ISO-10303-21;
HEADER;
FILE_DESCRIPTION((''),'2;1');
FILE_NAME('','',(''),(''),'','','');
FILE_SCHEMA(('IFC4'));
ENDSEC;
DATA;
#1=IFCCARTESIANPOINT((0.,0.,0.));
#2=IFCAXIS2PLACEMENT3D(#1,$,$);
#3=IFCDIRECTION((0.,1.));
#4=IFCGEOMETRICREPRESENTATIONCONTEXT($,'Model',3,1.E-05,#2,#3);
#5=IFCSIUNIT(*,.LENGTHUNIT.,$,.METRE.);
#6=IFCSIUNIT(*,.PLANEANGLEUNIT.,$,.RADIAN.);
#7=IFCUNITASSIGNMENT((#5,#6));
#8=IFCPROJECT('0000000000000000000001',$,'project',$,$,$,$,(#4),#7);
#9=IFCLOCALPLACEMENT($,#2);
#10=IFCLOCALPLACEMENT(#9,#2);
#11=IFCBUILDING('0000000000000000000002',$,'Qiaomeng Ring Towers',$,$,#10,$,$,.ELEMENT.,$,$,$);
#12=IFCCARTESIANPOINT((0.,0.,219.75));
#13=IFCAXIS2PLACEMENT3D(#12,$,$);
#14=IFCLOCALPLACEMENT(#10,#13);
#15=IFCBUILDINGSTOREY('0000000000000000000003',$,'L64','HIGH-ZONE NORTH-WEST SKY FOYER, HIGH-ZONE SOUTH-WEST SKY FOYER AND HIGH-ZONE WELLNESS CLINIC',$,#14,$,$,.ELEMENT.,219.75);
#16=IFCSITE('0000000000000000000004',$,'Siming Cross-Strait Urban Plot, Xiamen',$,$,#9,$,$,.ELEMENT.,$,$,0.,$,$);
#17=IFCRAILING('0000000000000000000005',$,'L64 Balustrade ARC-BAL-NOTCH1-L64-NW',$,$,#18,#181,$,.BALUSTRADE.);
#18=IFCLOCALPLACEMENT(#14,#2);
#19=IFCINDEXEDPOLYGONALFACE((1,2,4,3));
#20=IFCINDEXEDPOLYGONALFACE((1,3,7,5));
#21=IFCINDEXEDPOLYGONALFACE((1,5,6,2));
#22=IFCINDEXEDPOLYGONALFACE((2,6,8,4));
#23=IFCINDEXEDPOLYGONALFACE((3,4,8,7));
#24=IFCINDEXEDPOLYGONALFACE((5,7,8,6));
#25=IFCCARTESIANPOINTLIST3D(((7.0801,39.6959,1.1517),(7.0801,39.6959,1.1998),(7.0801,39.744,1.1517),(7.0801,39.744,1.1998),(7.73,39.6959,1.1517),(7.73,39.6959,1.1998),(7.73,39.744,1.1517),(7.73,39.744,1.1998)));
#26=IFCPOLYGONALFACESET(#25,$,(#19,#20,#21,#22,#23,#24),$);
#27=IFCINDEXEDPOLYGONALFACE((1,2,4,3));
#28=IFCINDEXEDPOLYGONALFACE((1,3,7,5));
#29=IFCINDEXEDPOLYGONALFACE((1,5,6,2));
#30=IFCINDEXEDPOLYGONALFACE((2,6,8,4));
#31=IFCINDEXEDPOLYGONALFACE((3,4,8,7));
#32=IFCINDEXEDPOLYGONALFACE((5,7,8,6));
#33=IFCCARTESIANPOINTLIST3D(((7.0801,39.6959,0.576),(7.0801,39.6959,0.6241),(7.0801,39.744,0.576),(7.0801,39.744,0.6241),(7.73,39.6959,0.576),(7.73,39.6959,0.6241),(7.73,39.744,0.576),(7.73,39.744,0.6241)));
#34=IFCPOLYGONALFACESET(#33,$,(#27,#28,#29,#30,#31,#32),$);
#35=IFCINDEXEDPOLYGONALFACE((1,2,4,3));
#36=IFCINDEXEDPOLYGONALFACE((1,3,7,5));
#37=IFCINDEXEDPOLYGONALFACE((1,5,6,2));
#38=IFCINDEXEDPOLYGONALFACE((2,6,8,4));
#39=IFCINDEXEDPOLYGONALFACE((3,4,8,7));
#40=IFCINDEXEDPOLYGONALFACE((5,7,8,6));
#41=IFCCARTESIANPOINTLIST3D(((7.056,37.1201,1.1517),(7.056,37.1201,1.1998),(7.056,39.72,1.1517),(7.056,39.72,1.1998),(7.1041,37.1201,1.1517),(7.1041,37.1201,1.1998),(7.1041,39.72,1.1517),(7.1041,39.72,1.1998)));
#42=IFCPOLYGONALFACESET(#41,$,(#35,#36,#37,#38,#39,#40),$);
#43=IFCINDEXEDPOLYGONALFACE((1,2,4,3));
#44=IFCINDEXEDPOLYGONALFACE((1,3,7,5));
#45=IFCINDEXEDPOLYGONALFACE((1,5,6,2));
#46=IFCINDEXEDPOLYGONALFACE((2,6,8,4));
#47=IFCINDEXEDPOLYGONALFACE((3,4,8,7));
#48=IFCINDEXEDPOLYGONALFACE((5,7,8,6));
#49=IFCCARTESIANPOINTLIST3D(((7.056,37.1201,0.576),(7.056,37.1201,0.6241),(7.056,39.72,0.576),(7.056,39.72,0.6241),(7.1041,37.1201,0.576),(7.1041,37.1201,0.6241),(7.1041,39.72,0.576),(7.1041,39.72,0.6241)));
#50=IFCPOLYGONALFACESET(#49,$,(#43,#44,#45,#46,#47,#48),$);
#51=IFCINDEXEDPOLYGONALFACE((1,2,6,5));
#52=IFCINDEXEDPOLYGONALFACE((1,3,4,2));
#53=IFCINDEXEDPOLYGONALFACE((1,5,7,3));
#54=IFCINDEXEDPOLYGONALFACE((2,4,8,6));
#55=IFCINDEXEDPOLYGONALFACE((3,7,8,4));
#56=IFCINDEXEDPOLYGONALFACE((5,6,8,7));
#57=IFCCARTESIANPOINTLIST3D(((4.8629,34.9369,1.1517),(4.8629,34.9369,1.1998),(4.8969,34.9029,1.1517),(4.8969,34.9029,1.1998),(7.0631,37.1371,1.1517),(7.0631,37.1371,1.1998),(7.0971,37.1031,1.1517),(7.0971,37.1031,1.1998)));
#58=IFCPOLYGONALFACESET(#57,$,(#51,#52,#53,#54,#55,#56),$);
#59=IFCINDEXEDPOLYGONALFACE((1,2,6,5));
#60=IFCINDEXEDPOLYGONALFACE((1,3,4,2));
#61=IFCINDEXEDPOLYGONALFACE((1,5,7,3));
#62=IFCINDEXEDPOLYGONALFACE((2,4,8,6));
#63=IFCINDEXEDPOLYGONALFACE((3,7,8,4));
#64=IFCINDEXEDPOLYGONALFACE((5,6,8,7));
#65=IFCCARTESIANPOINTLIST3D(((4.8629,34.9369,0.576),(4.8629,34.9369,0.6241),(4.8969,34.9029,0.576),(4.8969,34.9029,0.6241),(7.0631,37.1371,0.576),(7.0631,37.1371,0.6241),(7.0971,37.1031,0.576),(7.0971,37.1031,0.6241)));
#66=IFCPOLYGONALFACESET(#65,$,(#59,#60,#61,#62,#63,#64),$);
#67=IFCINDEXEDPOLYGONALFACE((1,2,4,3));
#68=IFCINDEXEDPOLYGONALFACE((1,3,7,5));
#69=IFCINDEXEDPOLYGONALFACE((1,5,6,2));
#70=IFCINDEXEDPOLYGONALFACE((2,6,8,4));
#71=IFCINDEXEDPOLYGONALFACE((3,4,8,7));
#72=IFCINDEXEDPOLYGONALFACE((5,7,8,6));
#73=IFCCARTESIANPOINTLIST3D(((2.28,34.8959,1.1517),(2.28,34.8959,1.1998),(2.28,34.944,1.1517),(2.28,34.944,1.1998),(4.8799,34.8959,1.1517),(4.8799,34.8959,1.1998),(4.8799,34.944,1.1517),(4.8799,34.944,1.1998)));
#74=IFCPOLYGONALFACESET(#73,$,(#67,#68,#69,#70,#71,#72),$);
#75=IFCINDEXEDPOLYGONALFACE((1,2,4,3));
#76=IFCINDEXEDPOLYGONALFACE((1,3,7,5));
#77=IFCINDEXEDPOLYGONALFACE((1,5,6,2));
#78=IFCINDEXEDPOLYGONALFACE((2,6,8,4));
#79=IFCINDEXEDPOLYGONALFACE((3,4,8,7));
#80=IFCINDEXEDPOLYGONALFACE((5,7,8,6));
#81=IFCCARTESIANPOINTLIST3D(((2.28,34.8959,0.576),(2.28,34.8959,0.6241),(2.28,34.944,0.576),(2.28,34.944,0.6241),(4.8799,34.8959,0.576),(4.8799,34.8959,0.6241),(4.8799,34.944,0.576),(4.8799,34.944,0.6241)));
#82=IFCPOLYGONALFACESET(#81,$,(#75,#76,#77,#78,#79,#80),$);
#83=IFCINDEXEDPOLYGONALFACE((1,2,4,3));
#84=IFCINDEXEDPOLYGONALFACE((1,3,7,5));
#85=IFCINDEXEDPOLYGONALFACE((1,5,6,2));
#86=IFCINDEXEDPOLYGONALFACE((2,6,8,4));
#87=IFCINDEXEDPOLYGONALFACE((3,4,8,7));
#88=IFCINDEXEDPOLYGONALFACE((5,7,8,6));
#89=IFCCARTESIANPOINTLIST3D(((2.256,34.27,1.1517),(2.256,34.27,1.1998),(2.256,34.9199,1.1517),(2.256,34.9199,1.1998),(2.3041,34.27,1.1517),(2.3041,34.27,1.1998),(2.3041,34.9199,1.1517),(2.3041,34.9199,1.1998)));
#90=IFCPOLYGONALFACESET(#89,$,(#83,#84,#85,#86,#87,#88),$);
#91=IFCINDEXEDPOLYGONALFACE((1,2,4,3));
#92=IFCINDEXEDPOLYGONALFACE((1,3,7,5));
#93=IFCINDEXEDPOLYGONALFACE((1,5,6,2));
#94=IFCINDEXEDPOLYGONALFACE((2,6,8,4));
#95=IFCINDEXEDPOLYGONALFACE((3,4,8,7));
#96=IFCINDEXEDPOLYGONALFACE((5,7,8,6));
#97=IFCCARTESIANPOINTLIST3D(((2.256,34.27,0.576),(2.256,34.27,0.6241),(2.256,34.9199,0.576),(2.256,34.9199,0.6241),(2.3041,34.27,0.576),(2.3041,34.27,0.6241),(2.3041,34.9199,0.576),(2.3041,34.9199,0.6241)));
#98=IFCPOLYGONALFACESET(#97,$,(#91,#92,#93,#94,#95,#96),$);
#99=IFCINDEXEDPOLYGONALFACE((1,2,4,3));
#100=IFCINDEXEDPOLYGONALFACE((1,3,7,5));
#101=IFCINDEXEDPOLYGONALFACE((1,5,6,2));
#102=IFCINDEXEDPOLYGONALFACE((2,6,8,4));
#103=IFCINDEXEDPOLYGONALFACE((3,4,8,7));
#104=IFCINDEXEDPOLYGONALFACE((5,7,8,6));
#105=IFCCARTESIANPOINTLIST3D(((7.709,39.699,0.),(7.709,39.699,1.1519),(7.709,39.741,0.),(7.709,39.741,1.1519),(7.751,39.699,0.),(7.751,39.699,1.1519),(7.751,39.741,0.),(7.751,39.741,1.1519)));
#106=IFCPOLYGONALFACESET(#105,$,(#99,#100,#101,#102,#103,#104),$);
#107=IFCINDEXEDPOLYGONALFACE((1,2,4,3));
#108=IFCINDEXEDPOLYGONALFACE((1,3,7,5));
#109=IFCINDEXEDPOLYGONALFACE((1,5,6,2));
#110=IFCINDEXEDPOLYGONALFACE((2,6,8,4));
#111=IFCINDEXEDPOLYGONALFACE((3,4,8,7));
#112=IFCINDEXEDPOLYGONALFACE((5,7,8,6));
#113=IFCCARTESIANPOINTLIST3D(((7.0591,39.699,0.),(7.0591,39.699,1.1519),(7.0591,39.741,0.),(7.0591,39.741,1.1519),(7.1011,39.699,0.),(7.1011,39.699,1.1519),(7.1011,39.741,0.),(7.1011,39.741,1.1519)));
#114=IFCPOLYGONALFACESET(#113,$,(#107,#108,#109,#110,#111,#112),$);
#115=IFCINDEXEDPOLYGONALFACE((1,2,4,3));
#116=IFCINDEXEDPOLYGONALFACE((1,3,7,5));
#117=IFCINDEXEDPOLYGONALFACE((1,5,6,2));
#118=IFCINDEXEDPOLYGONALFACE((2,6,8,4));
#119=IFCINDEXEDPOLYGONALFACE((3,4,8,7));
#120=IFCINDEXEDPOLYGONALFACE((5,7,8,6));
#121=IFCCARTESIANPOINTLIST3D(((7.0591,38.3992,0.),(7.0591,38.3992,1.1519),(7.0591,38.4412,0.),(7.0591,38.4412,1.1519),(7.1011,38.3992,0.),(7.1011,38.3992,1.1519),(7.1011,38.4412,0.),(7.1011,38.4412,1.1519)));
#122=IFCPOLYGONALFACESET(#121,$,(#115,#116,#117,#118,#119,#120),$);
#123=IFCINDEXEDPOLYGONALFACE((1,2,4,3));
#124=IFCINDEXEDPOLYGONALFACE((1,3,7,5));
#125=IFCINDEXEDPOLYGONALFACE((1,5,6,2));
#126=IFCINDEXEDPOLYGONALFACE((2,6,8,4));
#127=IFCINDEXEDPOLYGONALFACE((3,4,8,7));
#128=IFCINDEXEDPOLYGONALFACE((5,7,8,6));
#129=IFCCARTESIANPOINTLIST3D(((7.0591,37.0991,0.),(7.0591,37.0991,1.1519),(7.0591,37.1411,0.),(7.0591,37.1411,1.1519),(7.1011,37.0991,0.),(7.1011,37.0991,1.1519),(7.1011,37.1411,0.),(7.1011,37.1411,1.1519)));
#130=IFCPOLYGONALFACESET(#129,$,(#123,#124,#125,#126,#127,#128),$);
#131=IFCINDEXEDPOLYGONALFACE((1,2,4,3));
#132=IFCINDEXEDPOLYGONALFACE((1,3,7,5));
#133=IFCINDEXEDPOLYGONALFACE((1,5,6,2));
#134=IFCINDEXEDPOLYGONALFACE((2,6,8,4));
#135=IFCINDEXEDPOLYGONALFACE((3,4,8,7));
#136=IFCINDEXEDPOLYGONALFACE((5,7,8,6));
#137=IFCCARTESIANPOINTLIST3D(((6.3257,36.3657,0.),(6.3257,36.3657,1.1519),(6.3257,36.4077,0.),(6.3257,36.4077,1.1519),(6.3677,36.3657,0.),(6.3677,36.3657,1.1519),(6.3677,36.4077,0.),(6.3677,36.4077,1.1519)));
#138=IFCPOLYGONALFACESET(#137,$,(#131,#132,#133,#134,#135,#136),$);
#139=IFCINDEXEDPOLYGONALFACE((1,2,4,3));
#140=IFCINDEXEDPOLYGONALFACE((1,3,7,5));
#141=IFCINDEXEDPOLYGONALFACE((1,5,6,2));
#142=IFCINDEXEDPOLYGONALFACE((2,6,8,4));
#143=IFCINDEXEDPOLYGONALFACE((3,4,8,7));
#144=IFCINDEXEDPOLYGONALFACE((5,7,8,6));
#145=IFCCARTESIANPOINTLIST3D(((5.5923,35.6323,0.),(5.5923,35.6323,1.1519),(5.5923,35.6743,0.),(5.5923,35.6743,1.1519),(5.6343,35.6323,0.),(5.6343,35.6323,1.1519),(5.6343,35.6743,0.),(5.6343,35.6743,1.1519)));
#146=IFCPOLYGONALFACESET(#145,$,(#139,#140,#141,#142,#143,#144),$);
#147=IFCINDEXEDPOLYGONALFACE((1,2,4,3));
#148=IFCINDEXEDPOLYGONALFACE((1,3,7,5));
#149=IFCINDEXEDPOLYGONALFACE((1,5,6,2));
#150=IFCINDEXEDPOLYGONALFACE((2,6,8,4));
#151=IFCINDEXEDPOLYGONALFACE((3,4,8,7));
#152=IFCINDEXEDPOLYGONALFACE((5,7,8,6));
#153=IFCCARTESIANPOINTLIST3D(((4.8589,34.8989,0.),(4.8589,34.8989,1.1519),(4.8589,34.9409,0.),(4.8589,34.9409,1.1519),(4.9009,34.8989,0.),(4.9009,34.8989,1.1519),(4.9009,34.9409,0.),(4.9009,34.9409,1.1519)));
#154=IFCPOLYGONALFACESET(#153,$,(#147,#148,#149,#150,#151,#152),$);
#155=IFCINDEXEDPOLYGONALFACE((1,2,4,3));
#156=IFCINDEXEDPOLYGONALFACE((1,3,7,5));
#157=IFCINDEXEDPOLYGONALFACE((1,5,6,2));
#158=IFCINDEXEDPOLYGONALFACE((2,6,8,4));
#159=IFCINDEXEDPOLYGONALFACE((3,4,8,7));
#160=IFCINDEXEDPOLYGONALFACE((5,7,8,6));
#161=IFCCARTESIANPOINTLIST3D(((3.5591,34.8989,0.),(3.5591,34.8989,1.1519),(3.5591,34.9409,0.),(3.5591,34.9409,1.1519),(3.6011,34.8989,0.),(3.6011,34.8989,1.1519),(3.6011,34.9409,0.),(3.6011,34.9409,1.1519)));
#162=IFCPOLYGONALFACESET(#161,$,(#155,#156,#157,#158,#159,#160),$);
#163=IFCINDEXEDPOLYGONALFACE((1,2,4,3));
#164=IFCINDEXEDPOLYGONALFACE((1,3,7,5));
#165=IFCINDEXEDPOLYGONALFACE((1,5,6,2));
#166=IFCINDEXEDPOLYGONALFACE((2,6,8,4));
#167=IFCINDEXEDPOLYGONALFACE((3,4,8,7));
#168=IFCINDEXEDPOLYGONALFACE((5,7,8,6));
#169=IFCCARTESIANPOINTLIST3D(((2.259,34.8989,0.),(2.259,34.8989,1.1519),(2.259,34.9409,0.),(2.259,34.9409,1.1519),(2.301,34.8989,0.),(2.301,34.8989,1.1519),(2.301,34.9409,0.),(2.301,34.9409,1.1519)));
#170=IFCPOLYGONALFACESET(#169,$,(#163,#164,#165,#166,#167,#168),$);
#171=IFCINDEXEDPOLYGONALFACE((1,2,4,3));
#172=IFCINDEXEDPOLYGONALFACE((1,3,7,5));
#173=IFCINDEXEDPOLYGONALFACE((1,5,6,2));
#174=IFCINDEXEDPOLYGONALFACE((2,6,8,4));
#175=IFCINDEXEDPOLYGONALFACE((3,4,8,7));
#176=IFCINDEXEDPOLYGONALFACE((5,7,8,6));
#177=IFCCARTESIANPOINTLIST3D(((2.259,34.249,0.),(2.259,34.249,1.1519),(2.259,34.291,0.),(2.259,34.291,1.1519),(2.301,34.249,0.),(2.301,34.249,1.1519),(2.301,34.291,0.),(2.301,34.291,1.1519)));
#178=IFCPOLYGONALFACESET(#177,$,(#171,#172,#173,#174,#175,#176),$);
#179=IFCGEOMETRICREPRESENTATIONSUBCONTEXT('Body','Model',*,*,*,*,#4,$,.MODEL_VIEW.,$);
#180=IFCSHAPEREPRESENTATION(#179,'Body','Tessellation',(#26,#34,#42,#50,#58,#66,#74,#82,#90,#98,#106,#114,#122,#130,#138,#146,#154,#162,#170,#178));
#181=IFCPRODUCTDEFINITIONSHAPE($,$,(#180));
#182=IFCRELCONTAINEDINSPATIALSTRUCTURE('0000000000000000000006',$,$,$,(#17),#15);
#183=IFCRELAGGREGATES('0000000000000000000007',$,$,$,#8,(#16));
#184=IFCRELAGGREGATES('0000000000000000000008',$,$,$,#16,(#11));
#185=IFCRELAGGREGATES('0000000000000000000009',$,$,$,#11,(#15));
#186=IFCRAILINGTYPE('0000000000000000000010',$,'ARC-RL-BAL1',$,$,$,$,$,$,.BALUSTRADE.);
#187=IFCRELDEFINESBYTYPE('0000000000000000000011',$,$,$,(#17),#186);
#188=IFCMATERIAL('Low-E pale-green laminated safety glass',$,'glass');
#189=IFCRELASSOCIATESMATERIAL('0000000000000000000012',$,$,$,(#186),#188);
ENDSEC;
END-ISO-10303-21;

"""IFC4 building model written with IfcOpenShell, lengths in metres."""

from ifc_helpers import new_model, si_unit, direction, frame, origin, origin_2d, place, context, subcontext, project, spatial, rectangle, extrude, material, type_object, element, save


model = new_model("IFC4")

# Units and contexts
model_context = context("Model", 3, precision=1e-05, world=origin(), true_north=direction((0.0, 1.0)))
body_context = subcontext(model_context, "Body", "Model", "MODEL_VIEW")
ifc_project = project(units=[si_unit("LENGTHUNIT", "METRE"), si_unit("PLANEANGLEUNIT", "RADIAN")], contexts=[model_context])

# Site, building, storey
site_placement = place(None, origin())
site = spatial("IfcSite", under=ifc_project, at=site_placement, Name="Siming Cross-Strait Urban Plot, Xiamen", CompositionType="ELEMENT", RefElevation=0.0)
building_placement = place(site_placement, origin())
building = spatial("IfcBuilding", under=site, at=building_placement, Name="Qiaomeng Ring Towers", CompositionType="ELEMENT")
storey_placement = place(building_placement, frame((0.0, 0.0, 219.75)))
storey = spatial("IfcBuildingStorey", under=building, at=storey_placement, Name="L64", Description="HIGH-ZONE NORTH-WEST SKY FOYER, HIGH-ZONE SOUTH-WEST SKY FOYER AND HIGH-ZONE WELLNESS CLINIC", CompositionType="ELEMENT", Elevation=219.75)

# Railing
ifc_material_1 = material(Name="Low-E pale-green laminated safety glass", Category="glass")
railing_type = type_object("IfcRailingType", Name="ARC-RL-BAL1", PredefinedType="BALUSTRADE", material=ifc_material_1)
railing_placement = place(storey_placement, frame((7.73, 39.72, 0.0)))
element("IfcRailing", 1, at=railing_placement, inside=storey, type_object=railing_type, Name="L64 Balustrade ARC-BAL-NOTCH1-L64-NW", PredefinedType="BALUSTRADE", context=body_context, shape_type="SweptSolid", body=[
    extrude(rectangle(XDim=0.0481, YDim=0.0481, at=origin_2d()), frame((0.0, 0.0, 1.1758), z_axis=(-1.0, 0.0, 0.0), x_axis=(0.0, -1.0, 0.0)), (0.0, 0.0, 1.0), 0.6499),
    extrude(rectangle(XDim=0.0481, YDim=0.0481, at=origin_2d()), frame((0.0, 0.0, 0.6001), z_axis=(-1.0, 0.0, 0.0), x_axis=(0.0, -1.0, 0.0)), (0.0, 0.0, 1.0), 0.6499),
    extrude(rectangle(XDim=0.0481, YDim=0.0481, at=origin_2d()), frame((-0.6499, 0.0, 1.1758), z_axis=(0.0, -1.0, 0.0), x_axis=(1.0, 0.0, 0.0)), (0.0, 0.0, 1.0), 2.5999),
    extrude(rectangle(XDim=0.0481, YDim=0.0481, at=origin_2d()), frame((-0.6499, 0.0, 0.6001), z_axis=(0.0, -1.0, 0.0), x_axis=(1.0, 0.0, 0.0)), (0.0, 0.0, 1.0), 2.5999),
    extrude(rectangle(XDim=0.0481, YDim=0.0481, at=origin_2d()), frame((-0.6499, -2.5999, 1.1758), z_axis=(-0.707107, -0.707107, 0.0), x_axis=(0.707107, -0.707107, 0.0)), (0.0, 0.0, 1.0), 3.1116),
    extrude(rectangle(XDim=0.0481, YDim=0.0481, at=origin_2d()), frame((-0.6499, -2.5999, 0.6001), z_axis=(-0.707107, -0.707107, 0.0), x_axis=(0.707107, -0.707107, 0.0)), (0.0, 0.0, 1.0), 3.1116),
    extrude(rectangle(XDim=0.0481, YDim=0.0481, at=origin_2d()), frame((-2.8501, -4.8, 1.1758), z_axis=(-1.0, 0.0, 0.0), x_axis=(0.0, -1.0, 0.0)), (0.0, 0.0, 1.0), 2.5999),
    extrude(rectangle(XDim=0.0481, YDim=0.0481, at=origin_2d()), frame((-2.8501, -4.8, 0.6001), z_axis=(-1.0, 0.0, 0.0), x_axis=(0.0, -1.0, 0.0)), (0.0, 0.0, 1.0), 2.5999),
    extrude(rectangle(XDim=0.0481, YDim=0.0481, at=origin_2d()), frame((-5.45, -4.8, 1.1758), z_axis=(0.0, -1.0, 0.0), x_axis=(1.0, 0.0, 0.0)), (0.0, 0.0, 1.0), 0.6499),
    extrude(rectangle(XDim=0.0481, YDim=0.0481, at=origin_2d()), frame((-5.45, -4.8, 0.6001), z_axis=(0.0, -1.0, 0.0), x_axis=(1.0, 0.0, 0.0)), (0.0, 0.0, 1.0), 0.6499),
    extrude(rectangle(XDim=0.042, YDim=0.042, at=origin_2d()), origin(), (0.0, 0.0, 1.0), 1.1519),
    extrude(rectangle(XDim=0.042, YDim=0.042, at=origin_2d()), frame((-0.6499, 0.0, 0.0)), (0.0, 0.0, 1.0), 1.1519),
    extrude(rectangle(XDim=0.042, YDim=0.042, at=origin_2d()), frame((-0.6499, -1.2998, 0.0)), (0.0, 0.0, 1.0), 1.1519),
    extrude(rectangle(XDim=0.042, YDim=0.042, at=origin_2d()), frame((-0.6499, -2.5999, 0.0)), (0.0, 0.0, 1.0), 1.1519),
    extrude(rectangle(XDim=0.042, YDim=0.042, at=origin_2d()), frame((-1.3833, -3.3333, 0.0)), (0.0, 0.0, 1.0), 1.1519),
    extrude(rectangle(XDim=0.042, YDim=0.042, at=origin_2d()), frame((-2.1167, -4.0667, 0.0)), (0.0, 0.0, 1.0), 1.1519),
    extrude(rectangle(XDim=0.042, YDim=0.042, at=origin_2d()), frame((-2.8501, -4.8, 0.0)), (0.0, 0.0, 1.0), 1.1519),
    extrude(rectangle(XDim=0.042, YDim=0.042, at=origin_2d()), frame((-4.1499, -4.8, 0.0)), (0.0, 0.0, 1.0), 1.1519),
    extrude(rectangle(XDim=0.042, YDim=0.042, at=origin_2d()), frame((-5.45, -4.8, 0.0)), (0.0, 0.0, 1.0), 1.1519),
    extrude(rectangle(XDim=0.042, YDim=0.042, at=origin_2d()), frame((-5.45, -5.45, 0.0)), (0.0, 0.0, 1.0), 1.1519),
])

save(model, "model.ifc")
